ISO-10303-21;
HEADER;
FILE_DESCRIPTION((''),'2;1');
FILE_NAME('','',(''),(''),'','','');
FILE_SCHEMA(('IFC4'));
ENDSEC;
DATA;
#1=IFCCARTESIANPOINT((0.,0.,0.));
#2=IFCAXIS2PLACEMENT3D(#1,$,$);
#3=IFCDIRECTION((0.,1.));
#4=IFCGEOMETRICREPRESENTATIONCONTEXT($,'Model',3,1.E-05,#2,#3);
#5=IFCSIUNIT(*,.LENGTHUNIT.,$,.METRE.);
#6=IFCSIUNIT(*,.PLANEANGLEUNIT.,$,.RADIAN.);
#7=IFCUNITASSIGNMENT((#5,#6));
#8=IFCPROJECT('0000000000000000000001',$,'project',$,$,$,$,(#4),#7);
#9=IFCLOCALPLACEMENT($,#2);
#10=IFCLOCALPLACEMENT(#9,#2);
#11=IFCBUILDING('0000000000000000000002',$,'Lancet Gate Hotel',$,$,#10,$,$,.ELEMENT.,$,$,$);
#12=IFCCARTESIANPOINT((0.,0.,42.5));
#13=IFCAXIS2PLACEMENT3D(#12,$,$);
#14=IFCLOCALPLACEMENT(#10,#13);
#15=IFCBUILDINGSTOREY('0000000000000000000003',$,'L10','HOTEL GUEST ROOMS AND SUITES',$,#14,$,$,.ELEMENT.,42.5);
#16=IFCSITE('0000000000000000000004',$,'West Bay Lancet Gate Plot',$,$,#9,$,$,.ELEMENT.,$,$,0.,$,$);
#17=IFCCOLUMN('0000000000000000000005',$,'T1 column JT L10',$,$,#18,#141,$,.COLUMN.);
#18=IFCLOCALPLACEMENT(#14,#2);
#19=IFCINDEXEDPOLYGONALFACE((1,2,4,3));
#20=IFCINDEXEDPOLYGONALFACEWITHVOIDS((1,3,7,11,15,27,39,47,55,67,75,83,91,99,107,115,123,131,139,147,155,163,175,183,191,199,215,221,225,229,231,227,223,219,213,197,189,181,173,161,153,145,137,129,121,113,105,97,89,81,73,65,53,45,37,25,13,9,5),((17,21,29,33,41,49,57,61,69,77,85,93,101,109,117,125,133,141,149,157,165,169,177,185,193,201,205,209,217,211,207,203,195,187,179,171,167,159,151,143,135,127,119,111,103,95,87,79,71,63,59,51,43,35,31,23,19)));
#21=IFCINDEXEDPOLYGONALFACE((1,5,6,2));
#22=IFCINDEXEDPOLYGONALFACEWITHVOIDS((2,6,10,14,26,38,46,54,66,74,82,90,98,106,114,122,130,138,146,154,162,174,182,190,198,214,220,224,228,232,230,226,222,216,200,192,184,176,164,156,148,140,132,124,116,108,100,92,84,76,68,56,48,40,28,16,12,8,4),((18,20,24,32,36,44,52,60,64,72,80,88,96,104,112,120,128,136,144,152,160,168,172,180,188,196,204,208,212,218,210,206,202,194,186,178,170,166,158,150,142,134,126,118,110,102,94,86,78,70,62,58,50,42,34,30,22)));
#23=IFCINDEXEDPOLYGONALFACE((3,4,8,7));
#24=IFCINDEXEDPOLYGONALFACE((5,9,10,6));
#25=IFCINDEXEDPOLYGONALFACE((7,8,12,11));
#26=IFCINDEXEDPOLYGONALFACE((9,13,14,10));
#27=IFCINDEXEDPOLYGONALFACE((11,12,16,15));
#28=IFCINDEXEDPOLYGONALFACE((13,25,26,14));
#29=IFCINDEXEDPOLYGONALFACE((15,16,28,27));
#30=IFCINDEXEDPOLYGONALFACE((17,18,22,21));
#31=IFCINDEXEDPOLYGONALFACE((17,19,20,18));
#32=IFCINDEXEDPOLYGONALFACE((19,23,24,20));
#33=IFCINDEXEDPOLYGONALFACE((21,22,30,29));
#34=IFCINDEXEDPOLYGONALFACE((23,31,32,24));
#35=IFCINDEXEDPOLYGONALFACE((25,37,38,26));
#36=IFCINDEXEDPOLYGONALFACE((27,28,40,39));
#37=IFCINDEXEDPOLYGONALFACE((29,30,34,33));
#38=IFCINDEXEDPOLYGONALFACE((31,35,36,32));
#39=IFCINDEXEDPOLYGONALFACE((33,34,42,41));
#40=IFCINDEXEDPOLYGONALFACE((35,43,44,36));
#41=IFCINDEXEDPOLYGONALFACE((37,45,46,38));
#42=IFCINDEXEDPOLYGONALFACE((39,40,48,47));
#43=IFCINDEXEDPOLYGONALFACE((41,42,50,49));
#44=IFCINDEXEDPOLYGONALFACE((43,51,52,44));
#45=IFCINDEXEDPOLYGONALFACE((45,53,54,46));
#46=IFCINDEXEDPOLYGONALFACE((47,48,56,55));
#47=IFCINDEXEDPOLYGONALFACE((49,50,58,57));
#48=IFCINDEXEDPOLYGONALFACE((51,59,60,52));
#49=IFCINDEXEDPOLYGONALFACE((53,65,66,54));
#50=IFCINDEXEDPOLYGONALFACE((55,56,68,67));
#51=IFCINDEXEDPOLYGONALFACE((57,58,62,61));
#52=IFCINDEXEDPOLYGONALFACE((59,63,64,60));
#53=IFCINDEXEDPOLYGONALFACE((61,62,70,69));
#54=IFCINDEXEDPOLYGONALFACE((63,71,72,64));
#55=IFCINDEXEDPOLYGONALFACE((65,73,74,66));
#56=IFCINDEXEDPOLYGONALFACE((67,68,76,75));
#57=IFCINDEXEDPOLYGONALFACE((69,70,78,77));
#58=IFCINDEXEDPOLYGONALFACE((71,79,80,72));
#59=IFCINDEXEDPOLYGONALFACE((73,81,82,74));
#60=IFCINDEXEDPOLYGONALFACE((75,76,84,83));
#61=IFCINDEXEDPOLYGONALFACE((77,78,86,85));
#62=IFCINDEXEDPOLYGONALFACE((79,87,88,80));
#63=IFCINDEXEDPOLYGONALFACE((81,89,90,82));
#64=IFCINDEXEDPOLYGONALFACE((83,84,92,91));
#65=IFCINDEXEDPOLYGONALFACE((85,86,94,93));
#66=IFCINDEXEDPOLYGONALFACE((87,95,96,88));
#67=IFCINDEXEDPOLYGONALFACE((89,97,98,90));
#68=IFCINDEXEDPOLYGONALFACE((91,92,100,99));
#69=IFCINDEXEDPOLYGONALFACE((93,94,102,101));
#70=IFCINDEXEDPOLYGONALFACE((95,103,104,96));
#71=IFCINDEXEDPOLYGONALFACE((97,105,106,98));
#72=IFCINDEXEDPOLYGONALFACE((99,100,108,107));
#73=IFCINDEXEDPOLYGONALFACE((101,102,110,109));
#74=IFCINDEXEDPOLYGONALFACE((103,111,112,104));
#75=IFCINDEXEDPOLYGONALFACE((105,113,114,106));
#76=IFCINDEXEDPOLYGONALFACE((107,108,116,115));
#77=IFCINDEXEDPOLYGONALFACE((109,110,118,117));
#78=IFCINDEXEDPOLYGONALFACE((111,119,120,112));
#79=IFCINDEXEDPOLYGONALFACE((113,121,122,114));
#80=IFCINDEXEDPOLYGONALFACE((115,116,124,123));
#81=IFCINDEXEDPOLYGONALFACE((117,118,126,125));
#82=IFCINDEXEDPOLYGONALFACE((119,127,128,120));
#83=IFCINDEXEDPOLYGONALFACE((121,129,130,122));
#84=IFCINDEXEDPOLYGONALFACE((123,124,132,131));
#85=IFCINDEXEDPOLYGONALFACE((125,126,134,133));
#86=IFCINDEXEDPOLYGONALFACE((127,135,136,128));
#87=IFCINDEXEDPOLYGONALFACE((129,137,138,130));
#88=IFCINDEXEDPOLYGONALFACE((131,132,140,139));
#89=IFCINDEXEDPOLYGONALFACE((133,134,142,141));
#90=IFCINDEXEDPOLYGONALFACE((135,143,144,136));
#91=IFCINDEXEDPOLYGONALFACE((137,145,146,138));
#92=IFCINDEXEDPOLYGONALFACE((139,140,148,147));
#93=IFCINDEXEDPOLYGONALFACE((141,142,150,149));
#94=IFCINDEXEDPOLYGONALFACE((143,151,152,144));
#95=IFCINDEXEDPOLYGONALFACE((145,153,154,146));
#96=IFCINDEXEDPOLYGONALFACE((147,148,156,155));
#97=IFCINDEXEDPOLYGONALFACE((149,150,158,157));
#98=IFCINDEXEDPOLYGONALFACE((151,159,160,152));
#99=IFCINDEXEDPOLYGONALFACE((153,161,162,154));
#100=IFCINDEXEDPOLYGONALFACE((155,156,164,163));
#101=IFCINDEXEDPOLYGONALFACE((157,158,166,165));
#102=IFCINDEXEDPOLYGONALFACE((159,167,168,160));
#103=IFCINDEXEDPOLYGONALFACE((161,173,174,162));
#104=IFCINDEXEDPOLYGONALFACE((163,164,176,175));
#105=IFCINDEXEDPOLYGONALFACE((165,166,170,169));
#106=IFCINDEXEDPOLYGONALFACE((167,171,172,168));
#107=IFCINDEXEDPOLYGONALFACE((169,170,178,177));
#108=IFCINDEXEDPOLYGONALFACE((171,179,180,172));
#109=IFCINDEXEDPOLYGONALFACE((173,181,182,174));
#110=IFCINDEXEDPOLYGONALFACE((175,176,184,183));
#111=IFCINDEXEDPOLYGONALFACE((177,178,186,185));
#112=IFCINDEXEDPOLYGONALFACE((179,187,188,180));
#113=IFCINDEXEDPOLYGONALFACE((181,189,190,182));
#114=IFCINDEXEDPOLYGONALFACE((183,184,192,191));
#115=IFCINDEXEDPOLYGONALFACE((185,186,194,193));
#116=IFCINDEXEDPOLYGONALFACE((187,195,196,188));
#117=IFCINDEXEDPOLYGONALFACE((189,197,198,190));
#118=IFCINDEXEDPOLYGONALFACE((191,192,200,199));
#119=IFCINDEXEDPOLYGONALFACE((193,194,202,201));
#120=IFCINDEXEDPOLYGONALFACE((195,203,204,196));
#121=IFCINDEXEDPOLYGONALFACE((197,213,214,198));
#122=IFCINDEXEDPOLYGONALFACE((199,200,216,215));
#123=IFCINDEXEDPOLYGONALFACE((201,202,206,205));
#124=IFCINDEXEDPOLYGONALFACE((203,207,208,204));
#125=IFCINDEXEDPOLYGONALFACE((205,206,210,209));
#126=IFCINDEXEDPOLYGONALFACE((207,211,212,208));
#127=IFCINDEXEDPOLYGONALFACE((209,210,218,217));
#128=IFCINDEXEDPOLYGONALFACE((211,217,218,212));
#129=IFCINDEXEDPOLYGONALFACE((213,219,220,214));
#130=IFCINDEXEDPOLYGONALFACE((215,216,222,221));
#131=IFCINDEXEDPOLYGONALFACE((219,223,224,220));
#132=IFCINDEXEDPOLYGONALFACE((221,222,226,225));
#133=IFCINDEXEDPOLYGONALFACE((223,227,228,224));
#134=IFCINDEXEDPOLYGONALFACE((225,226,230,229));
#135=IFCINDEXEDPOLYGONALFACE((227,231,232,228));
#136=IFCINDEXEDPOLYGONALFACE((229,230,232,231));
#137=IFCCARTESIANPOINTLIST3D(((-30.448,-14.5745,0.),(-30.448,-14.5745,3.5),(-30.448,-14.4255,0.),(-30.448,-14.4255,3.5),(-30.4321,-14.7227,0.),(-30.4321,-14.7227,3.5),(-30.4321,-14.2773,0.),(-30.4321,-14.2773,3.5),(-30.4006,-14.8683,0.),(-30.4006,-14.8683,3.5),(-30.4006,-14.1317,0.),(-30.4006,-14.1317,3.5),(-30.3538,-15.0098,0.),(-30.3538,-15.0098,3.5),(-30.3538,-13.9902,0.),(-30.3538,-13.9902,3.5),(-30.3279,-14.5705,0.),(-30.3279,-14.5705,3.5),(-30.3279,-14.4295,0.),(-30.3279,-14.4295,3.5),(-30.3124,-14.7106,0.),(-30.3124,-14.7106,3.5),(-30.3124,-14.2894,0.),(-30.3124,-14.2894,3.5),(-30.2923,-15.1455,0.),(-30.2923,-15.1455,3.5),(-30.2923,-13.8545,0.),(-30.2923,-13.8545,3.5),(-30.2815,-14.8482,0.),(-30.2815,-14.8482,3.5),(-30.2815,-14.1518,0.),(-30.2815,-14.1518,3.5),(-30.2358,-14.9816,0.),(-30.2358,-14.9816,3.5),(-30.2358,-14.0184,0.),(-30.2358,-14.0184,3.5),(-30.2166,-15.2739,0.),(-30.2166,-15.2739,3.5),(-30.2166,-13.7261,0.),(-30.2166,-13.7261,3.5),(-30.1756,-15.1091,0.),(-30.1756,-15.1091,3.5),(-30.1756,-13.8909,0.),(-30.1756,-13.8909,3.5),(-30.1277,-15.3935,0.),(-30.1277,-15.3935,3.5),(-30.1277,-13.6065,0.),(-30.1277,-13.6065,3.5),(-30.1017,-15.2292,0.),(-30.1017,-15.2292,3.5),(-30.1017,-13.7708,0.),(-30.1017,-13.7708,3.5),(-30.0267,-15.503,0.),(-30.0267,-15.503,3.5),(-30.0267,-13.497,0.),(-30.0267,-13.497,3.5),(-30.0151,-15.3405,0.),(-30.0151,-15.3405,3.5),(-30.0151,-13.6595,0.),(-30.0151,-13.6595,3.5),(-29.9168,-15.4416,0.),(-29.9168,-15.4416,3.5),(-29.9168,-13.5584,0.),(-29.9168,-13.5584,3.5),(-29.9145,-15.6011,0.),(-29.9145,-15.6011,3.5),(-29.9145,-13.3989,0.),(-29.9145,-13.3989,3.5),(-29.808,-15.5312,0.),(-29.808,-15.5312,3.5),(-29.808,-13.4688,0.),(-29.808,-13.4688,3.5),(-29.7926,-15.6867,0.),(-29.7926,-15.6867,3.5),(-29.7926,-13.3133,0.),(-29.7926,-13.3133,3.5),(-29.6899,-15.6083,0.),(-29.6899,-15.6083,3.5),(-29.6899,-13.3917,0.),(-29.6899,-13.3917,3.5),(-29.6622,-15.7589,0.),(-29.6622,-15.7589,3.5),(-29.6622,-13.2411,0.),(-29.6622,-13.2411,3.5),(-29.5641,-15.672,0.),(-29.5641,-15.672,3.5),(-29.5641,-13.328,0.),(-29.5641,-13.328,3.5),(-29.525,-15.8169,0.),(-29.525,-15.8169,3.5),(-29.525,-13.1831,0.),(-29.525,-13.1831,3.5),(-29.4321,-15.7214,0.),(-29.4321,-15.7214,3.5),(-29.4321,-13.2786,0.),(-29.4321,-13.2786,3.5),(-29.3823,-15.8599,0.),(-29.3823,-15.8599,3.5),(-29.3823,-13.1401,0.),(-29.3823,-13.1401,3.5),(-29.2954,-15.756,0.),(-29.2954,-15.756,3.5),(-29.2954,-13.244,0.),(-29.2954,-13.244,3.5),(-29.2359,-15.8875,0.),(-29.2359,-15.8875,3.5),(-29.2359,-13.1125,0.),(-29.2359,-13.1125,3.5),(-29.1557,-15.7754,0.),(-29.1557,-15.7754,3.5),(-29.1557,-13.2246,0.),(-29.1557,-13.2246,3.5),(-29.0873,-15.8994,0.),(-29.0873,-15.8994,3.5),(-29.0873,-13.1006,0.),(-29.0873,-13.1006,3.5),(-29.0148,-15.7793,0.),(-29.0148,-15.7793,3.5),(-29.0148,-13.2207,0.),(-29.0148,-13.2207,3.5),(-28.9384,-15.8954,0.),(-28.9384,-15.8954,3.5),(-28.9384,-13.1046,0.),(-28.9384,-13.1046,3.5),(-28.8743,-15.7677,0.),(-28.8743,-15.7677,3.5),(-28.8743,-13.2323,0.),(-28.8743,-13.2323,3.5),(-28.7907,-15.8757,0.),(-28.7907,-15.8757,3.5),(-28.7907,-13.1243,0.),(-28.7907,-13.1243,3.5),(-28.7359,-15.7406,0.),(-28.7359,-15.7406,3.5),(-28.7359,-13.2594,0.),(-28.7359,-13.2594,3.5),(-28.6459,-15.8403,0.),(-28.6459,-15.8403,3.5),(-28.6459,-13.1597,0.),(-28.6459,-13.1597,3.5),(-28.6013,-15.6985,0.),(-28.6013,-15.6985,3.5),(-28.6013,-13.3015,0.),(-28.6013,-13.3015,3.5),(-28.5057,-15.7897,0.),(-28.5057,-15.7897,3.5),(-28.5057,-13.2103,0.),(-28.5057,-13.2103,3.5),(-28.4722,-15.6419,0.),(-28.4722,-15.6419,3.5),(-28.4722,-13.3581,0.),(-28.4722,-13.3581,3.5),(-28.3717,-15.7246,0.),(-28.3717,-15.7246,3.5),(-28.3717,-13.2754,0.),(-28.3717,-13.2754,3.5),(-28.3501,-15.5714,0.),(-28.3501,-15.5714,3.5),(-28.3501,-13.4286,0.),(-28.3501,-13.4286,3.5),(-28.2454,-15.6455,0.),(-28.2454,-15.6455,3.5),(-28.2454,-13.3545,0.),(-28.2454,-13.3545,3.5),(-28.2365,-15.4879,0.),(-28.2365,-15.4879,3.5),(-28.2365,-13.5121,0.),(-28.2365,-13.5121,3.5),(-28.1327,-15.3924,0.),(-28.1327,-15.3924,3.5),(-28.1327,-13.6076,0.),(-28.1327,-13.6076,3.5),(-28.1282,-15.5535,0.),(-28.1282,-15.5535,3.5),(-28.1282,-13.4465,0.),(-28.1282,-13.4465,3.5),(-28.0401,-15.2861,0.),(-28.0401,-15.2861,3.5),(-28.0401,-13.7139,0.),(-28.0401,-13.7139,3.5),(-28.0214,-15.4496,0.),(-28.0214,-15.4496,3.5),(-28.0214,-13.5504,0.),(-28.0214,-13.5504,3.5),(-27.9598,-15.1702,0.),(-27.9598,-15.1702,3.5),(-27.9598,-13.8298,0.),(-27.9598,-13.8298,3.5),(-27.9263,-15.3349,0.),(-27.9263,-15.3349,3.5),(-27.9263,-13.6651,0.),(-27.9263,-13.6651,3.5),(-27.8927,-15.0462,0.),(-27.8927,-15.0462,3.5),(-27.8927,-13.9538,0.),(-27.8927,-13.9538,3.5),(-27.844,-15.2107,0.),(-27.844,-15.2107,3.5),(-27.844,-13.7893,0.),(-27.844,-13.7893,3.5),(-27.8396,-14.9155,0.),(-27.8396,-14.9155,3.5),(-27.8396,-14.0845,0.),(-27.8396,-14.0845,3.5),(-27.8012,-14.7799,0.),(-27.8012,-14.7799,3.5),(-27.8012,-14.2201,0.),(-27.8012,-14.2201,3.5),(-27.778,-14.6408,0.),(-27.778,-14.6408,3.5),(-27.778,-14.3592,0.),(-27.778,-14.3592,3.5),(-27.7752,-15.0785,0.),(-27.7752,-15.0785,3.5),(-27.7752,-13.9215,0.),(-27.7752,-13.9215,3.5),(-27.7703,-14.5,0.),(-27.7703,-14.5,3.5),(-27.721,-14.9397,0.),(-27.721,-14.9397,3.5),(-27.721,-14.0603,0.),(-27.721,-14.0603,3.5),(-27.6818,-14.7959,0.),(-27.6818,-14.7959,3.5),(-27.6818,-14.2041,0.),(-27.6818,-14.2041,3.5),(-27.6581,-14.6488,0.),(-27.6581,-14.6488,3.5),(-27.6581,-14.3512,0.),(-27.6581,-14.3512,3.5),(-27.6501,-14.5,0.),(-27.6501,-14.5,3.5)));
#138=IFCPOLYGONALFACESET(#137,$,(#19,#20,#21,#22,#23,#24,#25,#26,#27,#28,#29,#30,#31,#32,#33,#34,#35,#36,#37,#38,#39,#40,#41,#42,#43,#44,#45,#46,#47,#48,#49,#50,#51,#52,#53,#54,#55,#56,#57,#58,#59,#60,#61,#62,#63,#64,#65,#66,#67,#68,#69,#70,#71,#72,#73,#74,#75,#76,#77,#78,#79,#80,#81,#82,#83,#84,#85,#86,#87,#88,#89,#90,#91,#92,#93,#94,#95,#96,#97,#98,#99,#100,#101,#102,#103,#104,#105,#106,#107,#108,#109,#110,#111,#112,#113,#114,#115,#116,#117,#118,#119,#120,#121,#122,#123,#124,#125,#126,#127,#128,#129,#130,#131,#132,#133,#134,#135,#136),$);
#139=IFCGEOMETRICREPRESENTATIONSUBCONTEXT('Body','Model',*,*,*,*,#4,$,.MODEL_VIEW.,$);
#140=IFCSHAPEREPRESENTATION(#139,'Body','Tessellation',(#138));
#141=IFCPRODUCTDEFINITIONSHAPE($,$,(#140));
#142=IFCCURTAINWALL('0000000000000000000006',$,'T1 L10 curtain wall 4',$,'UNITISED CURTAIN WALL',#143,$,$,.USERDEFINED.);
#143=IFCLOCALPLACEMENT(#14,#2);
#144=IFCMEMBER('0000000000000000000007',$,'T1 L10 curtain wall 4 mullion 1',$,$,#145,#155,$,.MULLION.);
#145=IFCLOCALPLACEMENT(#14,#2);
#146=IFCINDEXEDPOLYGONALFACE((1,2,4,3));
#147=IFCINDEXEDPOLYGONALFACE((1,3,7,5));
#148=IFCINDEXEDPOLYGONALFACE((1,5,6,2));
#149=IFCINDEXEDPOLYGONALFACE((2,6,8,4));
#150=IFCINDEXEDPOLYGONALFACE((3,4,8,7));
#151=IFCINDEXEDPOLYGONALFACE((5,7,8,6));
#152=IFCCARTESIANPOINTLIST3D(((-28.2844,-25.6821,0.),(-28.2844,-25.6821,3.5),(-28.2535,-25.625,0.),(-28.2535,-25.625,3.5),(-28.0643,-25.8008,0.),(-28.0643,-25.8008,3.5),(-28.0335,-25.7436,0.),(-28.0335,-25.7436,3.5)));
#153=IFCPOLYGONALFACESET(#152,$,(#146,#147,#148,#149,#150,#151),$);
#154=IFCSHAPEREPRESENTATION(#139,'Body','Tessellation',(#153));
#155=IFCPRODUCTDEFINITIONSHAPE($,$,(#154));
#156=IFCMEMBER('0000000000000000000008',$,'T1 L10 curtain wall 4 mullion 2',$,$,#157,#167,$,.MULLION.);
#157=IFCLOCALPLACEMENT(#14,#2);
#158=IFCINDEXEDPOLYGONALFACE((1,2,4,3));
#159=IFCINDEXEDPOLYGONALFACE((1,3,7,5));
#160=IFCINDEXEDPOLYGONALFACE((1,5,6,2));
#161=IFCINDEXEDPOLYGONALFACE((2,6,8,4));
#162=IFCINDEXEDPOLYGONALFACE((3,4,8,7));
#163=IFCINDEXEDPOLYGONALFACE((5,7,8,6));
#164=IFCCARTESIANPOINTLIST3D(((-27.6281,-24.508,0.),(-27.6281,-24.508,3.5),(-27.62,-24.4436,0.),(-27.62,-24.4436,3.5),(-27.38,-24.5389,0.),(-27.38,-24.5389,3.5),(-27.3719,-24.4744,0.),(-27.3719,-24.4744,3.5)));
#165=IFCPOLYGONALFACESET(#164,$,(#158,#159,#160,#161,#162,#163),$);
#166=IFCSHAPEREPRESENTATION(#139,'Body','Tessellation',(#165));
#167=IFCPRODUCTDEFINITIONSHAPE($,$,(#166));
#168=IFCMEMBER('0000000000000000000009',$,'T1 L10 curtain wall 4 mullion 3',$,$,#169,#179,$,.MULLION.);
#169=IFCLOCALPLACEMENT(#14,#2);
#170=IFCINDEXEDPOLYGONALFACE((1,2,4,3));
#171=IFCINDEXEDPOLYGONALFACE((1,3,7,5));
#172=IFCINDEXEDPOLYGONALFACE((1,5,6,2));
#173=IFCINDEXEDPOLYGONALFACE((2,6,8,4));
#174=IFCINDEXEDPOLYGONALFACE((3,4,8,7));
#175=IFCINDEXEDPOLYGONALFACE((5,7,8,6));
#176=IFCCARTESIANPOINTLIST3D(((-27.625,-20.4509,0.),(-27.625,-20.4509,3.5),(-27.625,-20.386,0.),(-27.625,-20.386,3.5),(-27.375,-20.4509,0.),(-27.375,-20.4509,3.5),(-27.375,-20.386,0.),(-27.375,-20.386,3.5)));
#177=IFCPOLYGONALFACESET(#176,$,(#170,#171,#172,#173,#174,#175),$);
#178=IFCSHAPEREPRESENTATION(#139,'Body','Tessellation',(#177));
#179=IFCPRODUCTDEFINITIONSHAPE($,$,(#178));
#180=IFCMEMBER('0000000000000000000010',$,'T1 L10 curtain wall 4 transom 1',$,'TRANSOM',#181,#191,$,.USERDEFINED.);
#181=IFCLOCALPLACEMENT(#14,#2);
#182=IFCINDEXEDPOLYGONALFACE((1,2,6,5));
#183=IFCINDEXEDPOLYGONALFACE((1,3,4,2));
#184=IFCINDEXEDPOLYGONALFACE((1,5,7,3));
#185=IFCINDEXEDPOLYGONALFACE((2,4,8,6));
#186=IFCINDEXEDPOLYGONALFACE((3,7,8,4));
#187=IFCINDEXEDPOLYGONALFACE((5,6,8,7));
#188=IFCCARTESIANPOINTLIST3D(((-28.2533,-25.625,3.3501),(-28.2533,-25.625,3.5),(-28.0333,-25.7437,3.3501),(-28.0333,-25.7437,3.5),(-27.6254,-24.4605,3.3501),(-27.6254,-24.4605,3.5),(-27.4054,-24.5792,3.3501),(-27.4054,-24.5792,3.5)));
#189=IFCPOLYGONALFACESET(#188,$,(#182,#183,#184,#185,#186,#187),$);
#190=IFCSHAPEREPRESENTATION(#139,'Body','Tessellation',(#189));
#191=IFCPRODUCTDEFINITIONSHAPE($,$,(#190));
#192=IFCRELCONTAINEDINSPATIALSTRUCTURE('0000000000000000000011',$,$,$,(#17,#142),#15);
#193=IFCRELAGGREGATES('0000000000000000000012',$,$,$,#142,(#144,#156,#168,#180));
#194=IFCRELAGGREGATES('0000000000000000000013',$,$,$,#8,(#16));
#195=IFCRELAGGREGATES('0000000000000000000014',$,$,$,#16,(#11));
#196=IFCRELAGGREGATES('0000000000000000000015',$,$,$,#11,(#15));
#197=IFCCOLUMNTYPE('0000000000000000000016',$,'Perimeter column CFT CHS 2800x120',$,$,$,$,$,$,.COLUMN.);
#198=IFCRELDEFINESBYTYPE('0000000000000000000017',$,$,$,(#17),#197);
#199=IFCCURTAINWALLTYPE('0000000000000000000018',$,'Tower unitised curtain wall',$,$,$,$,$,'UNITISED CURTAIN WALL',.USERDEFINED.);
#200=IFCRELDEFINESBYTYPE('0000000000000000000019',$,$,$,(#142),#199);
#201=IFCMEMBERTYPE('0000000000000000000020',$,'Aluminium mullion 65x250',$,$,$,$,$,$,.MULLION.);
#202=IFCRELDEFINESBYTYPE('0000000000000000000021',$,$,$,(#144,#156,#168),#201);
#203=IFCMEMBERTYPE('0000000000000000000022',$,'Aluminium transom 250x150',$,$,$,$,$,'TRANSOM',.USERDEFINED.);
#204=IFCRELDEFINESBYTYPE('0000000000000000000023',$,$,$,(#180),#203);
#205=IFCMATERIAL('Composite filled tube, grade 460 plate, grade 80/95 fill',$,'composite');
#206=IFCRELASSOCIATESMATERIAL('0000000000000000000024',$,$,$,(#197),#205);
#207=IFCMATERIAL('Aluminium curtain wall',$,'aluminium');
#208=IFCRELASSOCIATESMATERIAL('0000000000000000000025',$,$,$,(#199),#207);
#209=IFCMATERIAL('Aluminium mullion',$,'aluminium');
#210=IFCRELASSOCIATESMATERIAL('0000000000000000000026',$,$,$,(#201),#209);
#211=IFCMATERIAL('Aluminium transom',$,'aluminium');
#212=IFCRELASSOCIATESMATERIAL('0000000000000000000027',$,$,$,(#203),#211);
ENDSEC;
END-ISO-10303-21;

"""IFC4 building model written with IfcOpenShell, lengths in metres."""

from ifc_helpers import new_model, si_unit, direction, frame, origin, origin_2d, place, context, subcontext, project, spatial, rectangle, hollow_circle, extrude, material, material_profile, profile_set, type_object, element, aggregate, save


model = new_model("IFC4")

# Units and contexts
model_context = context("Model", 3, precision=1e-05, world=origin(), true_north=direction((0.0, 1.0)))
body_context = subcontext(model_context, "Body", "Model", "MODEL_VIEW")
ifc_project = project(units=[si_unit("LENGTHUNIT", "METRE"), si_unit("PLANEANGLEUNIT", "RADIAN")], contexts=[model_context])

# Site, building, storey
site_placement = place(None, origin())
site = spatial("IfcSite", under=ifc_project, at=site_placement, Name="West Bay Lancet Gate Plot", CompositionType="ELEMENT", RefElevation=0.0)
building_placement = place(site_placement, origin())
building = spatial("IfcBuilding", under=site, at=building_placement, Name="Lancet Gate Hotel", CompositionType="ELEMENT")
storey_placement = place(building_placement, frame((0.0, 0.0, 42.5)))
storey = spatial("IfcBuildingStorey", under=building, at=storey_placement, Name="L10", Description="HOTEL GUEST ROOMS AND SUITES", CompositionType="ELEMENT", Elevation=42.5)

# Column
ifc_material_1 = material(Name="Composite filled tube, grade 460 plate, grade 80/95 fill", Category="composite")
ifc_material_profile_1 = material_profile(ifc_material_1, hollow_circle(Radius=1.3999, WallThickness=0.1201, at=origin_2d()), Name="CHS 2800x120")
ifc_profile_set_1 = profile_set([ifc_material_profile_1], Name="Composite filled tube, grade 460 plate, grade 80/95 fill")
column_type = type_object("IfcColumnType", Name="Perimeter column CFT CHS 2800x120", PredefinedType="COLUMN", material=ifc_profile_set_1)
for number, where, z_axis, x_axis, name in (
    (1, (-29.05, -14.5, 0.0), (0.0, 0.0, 1.0), (1.0, 0.0, 0.0), "T1 column JT L10"),
):
    element("IfcColumn", number, at=place(storey_placement, frame(where, z_axis=z_axis, x_axis=x_axis)), inside=storey, type_object=column_type, Name=name, PredefinedType="COLUMN", context=body_context, shape_type="SweptSolid", body=[
        extrude(hollow_circle(Radius=1.3999, WallThickness=0.1201, at=origin_2d()), origin(), (0.0, 0.0, 1.0), 3.5),
    ])

# Curtain wall, members
ifc_material_2 = material(Name="Aluminium curtain wall", Category="aluminium")
curtain_wall_type = type_object("IfcCurtainWallType", Name="Tower unitised curtain wall", ElementType="UNITISED CURTAIN WALL", PredefinedType="USERDEFINED", material=ifc_material_2)
curtain_wall_placement = place(storey_placement, origin())
curtain_wall = element("IfcCurtainWall", 2, at=curtain_wall_placement, inside=storey, type_object=curtain_wall_type, Name="T1 L10 curtain wall 4", ObjectType="UNITISED CURTAIN WALL", PredefinedType="USERDEFINED")
ifc_material_3 = material(Name="Aluminium mullion", Category="aluminium")
ifc_material_profile_2 = material_profile(ifc_material_3, rectangle(XDim=0.0649, YDim=0.25, at=origin_2d()), Name="MULLION 65x250")
ifc_profile_set_2 = profile_set([ifc_material_profile_2], Name="Aluminium mullion")
member_type_1 = type_object("IfcMemberType", Name="Aluminium mullion 65x250", PredefinedType="MULLION", material=ifc_profile_set_2)
member_1_placement = place(storey_placement, frame((-28.1589, -25.7129, 0.0), z_axis=(0.0, 0.0, 1.0), x_axis=(0.474631, 0.880185, 0.0)))
member_1 = element("IfcMember", 3, at=member_1_placement, type_object=member_type_1, Name="T1 L10 curtain wall 4 mullion 1", PredefinedType="MULLION", context=body_context, shape_type="SweptSolid", body=[
    extrude(rectangle(XDim=0.0649, YDim=0.25, at=origin_2d()), origin(), (0.0, 0.0, 1.0), 3.5),
])
member_2_placement = place(storey_placement, frame((-27.5, -24.4912, 0.0), z_axis=(0.0, 0.0, 1.0), x_axis=(0.123483, 0.992347, 0.0)))
member_2 = element("IfcMember", 4, at=member_2_placement, type_object=member_type_1, Name="T1 L10 curtain wall 4 mullion 2", PredefinedType="MULLION", context=body_context, shape_type="SweptSolid", body=[
    extrude(rectangle(XDim=0.0649, YDim=0.25, at=origin_2d()), origin(), (0.0, 0.0, 1.0), 3.5),
])
member_3_placement = place(storey_placement, frame((-27.5, -20.4185, 0.0), z_axis=(0.0, 0.0, 1.0), x_axis=(0.0, 1.0, 0.0)))
member_3 = element("IfcMember", 5, at=member_3_placement, type_object=member_type_1, Name="T1 L10 curtain wall 4 mullion 3", PredefinedType="MULLION", context=body_context, shape_type="SweptSolid", body=[
    extrude(rectangle(XDim=0.0649, YDim=0.25, at=origin_2d()), origin(), (0.0, 0.0, 1.0), 3.5),
])
ifc_material_4 = material(Name="Aluminium transom", Category="aluminium")
ifc_material_profile_3 = material_profile(ifc_material_4, rectangle(XDim=0.25, YDim=0.1499, at=origin_2d()), Name="TRANSOM 250x150")
ifc_profile_set_3 = profile_set([ifc_material_profile_3], Name="Aluminium transom")
member_type_2 = type_object("IfcMemberType", Name="Aluminium transom 250x150", ElementType="TRANSOM", PredefinedType="USERDEFINED", material=ifc_profile_set_3)
member_4_placement = place(storey_placement, frame((-28.1433, -25.6843, 3.425), z_axis=(0.474606, 0.880198, 0.0), x_axis=(-0.880198, 0.474606, 0.0)))
member_4 = element("IfcMember", 6, at=member_4_placement, type_object=member_type_2, Name="T1 L10 curtain wall 4 transom 1", ObjectType="TRANSOM", PredefinedType="USERDEFINED", context=body_context, shape_type="SweptSolid", body=[
    extrude(rectangle(XDim=0.25, YDim=0.1499, at=origin_2d()), origin(), (0.0, 0.0, 1.0), 1.323),
])

aggregate(curtain_wall, [member_1, member_2, member_3, member_4])

save(model, "model.ifc")
